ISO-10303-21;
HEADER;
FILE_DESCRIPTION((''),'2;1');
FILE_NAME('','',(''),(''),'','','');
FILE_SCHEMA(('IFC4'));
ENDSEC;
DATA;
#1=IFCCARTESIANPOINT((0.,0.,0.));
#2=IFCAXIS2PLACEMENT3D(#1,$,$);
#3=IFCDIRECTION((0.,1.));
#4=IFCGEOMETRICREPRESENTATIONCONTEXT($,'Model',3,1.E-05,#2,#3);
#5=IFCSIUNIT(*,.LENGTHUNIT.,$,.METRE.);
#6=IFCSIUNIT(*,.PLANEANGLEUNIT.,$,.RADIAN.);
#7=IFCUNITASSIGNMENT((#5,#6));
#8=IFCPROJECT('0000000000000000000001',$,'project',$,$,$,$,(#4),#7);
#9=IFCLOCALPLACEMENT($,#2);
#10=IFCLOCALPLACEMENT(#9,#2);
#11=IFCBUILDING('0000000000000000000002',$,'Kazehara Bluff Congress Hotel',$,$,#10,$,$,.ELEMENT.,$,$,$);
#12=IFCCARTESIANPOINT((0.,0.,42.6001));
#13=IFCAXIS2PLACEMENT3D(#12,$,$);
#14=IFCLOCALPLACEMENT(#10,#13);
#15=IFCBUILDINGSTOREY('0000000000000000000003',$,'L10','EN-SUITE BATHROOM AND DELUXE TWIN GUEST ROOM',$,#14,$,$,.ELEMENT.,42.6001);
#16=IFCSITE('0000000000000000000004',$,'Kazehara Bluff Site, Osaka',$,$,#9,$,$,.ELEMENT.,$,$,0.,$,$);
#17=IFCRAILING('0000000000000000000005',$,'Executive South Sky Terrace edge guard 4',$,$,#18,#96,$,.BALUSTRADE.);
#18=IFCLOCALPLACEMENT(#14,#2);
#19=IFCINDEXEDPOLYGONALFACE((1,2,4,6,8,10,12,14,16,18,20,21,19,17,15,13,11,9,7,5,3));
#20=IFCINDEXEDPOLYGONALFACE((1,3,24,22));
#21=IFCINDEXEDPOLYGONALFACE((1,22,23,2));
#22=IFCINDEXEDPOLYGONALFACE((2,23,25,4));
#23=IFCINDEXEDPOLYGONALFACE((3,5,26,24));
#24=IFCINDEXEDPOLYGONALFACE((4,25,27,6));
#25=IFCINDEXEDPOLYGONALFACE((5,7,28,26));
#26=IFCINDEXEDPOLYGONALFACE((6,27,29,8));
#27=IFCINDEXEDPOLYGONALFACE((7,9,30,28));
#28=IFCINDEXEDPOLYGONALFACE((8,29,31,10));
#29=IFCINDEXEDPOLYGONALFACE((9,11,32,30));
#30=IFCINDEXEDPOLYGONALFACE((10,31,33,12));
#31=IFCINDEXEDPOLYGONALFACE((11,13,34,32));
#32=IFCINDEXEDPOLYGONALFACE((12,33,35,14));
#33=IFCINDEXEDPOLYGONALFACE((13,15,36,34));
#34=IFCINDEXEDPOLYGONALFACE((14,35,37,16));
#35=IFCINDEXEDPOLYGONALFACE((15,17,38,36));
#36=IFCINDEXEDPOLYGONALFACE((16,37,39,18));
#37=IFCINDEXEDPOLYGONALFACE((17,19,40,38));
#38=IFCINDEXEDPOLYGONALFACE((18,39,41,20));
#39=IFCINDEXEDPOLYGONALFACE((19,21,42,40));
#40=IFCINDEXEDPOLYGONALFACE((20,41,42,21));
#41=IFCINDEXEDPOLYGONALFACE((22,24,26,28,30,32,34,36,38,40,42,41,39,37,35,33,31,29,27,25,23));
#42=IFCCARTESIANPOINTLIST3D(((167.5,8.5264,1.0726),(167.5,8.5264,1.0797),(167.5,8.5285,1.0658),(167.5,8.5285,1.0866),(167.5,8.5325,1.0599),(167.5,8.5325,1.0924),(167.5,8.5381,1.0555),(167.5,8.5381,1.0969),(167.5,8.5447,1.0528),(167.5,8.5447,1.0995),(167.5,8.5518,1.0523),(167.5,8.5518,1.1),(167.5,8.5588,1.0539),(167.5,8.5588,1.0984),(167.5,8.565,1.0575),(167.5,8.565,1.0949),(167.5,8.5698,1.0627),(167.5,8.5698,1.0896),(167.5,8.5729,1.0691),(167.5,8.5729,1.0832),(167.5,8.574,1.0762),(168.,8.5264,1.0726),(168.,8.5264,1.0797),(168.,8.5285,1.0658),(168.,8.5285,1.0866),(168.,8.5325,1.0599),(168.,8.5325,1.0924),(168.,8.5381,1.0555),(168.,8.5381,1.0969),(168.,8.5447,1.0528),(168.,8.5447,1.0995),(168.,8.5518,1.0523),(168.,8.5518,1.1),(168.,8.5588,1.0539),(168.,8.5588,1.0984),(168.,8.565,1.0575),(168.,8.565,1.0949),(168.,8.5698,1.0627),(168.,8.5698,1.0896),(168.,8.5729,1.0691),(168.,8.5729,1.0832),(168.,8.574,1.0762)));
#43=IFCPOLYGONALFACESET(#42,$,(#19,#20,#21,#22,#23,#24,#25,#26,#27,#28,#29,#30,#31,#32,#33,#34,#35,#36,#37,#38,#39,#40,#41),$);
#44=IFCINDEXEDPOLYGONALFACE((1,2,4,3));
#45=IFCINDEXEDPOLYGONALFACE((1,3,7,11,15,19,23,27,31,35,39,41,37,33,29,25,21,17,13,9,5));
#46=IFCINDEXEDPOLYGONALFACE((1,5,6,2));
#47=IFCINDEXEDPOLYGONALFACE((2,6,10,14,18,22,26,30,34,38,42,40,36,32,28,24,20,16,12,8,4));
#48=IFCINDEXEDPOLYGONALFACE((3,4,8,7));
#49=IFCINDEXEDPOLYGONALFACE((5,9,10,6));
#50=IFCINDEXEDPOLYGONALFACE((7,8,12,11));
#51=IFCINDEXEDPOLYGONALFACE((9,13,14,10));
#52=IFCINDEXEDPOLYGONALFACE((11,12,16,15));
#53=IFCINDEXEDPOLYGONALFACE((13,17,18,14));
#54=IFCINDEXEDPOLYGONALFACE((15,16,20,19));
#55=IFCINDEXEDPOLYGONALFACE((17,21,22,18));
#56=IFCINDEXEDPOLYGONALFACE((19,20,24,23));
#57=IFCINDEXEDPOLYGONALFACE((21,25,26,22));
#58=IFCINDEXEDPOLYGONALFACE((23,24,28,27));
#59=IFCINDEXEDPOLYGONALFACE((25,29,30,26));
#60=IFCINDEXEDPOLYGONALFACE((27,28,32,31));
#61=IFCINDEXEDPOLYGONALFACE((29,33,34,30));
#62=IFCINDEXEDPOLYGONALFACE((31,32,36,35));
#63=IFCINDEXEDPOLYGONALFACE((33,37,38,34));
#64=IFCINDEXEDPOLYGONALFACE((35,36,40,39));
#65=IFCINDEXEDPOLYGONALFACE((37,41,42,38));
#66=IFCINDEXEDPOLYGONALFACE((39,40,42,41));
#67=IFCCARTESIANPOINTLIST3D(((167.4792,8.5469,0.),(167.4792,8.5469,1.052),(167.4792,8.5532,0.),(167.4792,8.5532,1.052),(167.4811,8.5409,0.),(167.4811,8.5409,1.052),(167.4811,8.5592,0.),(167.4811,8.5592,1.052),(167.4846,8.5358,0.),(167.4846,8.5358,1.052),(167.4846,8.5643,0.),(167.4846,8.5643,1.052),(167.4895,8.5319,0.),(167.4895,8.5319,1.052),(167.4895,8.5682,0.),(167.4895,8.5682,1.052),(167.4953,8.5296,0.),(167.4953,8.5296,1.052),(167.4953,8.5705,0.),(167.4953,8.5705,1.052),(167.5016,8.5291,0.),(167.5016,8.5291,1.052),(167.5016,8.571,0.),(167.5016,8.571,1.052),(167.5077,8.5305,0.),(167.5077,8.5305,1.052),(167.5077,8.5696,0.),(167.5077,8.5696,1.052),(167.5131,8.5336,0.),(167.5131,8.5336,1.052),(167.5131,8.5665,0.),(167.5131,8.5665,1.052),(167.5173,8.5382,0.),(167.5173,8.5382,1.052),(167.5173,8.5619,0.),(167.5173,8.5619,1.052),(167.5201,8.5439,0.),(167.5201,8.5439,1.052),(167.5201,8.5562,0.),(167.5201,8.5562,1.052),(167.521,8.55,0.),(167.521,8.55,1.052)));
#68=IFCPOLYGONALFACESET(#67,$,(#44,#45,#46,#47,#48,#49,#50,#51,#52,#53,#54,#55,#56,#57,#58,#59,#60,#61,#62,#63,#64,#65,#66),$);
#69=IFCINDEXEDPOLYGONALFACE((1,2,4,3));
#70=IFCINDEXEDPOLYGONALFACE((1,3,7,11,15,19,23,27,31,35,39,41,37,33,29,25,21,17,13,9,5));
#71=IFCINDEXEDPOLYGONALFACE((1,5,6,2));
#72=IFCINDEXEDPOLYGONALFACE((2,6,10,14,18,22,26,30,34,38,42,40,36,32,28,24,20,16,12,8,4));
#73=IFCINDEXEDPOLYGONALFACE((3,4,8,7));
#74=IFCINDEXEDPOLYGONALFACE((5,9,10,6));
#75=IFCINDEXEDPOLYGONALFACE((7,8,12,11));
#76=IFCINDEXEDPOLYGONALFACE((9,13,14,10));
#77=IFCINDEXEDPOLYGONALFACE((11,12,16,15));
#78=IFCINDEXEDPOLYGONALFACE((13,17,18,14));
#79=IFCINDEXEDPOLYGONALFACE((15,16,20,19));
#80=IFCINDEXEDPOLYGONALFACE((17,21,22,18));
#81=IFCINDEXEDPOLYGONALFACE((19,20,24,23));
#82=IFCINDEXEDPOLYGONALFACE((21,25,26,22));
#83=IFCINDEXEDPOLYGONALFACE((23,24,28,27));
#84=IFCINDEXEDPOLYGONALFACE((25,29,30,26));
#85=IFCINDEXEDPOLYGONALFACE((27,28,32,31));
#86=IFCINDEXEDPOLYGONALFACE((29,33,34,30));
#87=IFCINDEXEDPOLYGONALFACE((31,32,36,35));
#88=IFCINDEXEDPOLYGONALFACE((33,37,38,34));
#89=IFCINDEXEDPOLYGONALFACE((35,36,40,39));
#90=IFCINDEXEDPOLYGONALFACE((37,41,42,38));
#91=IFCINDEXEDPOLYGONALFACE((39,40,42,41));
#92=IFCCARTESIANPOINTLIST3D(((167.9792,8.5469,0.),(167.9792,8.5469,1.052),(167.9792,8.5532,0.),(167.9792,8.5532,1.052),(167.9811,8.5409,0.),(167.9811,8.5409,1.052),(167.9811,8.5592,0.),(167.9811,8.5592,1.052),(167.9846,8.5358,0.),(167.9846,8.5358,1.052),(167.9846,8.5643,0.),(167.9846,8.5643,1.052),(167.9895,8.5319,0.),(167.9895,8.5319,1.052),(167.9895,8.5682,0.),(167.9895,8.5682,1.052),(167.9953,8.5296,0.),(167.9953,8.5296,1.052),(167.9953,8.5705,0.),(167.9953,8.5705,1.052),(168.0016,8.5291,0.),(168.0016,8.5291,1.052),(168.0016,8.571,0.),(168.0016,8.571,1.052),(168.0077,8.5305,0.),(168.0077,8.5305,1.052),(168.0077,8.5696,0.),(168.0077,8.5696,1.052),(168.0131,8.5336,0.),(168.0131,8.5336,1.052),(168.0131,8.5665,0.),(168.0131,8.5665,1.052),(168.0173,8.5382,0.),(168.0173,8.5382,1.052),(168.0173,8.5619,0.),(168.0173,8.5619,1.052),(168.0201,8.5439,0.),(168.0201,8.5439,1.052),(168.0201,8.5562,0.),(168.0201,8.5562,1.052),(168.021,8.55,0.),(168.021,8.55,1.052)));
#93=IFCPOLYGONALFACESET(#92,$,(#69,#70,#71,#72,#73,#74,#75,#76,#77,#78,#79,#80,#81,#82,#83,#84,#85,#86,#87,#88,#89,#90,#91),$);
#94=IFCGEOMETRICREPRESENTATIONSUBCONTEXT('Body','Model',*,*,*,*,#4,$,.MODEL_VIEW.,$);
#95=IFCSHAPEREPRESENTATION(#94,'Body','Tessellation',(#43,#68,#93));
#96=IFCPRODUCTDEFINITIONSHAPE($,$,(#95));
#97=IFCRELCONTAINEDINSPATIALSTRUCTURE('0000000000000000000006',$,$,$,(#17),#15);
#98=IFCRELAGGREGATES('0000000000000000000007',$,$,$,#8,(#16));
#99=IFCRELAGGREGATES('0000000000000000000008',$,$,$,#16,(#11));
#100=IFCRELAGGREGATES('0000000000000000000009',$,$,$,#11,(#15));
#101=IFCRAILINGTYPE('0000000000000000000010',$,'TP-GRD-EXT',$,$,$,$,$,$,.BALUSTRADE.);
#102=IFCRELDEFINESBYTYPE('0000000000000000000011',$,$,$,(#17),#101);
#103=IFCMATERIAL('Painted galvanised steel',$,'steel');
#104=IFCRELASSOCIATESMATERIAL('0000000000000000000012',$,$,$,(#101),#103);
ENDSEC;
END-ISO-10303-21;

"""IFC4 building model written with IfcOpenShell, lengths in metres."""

from ifc_helpers import new_model, si_unit, direction, frame, origin, origin_2d, place, context, subcontext, project, spatial, circle, extrude, material, type_object, element, save


model = new_model("IFC4")

# Units and contexts
model_context = context("Model", 3, precision=1e-05, world=origin(), true_north=direction((0.0, 1.0)))
body_context = subcontext(model_context, "Body", "Model", "MODEL_VIEW")
ifc_project = project(units=[si_unit("LENGTHUNIT", "METRE"), si_unit("PLANEANGLEUNIT", "RADIAN")], contexts=[model_context])

# Site, building, storey
site_placement = place(None, origin())
site = spatial("IfcSite", under=ifc_project, at=site_placement, Name="Kazehara Bluff Site, Osaka", CompositionType="ELEMENT", RefElevation=0.0)
building_placement = place(site_placement, origin())
building = spatial("IfcBuilding", under=site, at=building_placement, Name="Kazehara Bluff Congress Hotel", CompositionType="ELEMENT")
storey_placement = place(building_placement, frame((0.0, 0.0, 42.6001)))
storey = spatial("IfcBuildingStorey", under=building, at=storey_placement, Name="L10", Description="EN-SUITE BATHROOM AND DELUXE TWIN GUEST ROOM", CompositionType="ELEMENT", Elevation=42.6001)

# Railing
ifc_material_1 = material(Name="Painted galvanised steel", Category="steel")
railing_type = type_object("IfcRailingType", Name="TP-GRD-EXT", PredefinedType="BALUSTRADE", material=ifc_material_1)
railing_1_placement = place(storey_placement, frame((167.5, 8.55, 0.0)))
element("IfcRailing", 1, at=railing_1_placement, inside=storey, type_object=railing_type, Name="Executive South Sky Terrace edge guard 4", PredefinedType="BALUSTRADE", context=body_context, shape_type="SweptSolid", body=[
    extrude(circle(Radius=0.0239, at=origin_2d()), frame((0.0, 0.0, 1.0762), z_axis=(1.0, 0.0, 0.0), x_axis=(0.0, 1.0, 0.0)), (0.0, 0.0, 1.0), 0.5),
    extrude(circle(Radius=0.021, at=origin_2d()), origin(), (0.0, 0.0, 1.0), 1.052),
    extrude(circle(Radius=0.021, at=origin_2d()), frame((0.5, 0.0, 0.0)), (0.0, 0.0, 1.0), 1.052),
])

save(model, "model.ifc")
